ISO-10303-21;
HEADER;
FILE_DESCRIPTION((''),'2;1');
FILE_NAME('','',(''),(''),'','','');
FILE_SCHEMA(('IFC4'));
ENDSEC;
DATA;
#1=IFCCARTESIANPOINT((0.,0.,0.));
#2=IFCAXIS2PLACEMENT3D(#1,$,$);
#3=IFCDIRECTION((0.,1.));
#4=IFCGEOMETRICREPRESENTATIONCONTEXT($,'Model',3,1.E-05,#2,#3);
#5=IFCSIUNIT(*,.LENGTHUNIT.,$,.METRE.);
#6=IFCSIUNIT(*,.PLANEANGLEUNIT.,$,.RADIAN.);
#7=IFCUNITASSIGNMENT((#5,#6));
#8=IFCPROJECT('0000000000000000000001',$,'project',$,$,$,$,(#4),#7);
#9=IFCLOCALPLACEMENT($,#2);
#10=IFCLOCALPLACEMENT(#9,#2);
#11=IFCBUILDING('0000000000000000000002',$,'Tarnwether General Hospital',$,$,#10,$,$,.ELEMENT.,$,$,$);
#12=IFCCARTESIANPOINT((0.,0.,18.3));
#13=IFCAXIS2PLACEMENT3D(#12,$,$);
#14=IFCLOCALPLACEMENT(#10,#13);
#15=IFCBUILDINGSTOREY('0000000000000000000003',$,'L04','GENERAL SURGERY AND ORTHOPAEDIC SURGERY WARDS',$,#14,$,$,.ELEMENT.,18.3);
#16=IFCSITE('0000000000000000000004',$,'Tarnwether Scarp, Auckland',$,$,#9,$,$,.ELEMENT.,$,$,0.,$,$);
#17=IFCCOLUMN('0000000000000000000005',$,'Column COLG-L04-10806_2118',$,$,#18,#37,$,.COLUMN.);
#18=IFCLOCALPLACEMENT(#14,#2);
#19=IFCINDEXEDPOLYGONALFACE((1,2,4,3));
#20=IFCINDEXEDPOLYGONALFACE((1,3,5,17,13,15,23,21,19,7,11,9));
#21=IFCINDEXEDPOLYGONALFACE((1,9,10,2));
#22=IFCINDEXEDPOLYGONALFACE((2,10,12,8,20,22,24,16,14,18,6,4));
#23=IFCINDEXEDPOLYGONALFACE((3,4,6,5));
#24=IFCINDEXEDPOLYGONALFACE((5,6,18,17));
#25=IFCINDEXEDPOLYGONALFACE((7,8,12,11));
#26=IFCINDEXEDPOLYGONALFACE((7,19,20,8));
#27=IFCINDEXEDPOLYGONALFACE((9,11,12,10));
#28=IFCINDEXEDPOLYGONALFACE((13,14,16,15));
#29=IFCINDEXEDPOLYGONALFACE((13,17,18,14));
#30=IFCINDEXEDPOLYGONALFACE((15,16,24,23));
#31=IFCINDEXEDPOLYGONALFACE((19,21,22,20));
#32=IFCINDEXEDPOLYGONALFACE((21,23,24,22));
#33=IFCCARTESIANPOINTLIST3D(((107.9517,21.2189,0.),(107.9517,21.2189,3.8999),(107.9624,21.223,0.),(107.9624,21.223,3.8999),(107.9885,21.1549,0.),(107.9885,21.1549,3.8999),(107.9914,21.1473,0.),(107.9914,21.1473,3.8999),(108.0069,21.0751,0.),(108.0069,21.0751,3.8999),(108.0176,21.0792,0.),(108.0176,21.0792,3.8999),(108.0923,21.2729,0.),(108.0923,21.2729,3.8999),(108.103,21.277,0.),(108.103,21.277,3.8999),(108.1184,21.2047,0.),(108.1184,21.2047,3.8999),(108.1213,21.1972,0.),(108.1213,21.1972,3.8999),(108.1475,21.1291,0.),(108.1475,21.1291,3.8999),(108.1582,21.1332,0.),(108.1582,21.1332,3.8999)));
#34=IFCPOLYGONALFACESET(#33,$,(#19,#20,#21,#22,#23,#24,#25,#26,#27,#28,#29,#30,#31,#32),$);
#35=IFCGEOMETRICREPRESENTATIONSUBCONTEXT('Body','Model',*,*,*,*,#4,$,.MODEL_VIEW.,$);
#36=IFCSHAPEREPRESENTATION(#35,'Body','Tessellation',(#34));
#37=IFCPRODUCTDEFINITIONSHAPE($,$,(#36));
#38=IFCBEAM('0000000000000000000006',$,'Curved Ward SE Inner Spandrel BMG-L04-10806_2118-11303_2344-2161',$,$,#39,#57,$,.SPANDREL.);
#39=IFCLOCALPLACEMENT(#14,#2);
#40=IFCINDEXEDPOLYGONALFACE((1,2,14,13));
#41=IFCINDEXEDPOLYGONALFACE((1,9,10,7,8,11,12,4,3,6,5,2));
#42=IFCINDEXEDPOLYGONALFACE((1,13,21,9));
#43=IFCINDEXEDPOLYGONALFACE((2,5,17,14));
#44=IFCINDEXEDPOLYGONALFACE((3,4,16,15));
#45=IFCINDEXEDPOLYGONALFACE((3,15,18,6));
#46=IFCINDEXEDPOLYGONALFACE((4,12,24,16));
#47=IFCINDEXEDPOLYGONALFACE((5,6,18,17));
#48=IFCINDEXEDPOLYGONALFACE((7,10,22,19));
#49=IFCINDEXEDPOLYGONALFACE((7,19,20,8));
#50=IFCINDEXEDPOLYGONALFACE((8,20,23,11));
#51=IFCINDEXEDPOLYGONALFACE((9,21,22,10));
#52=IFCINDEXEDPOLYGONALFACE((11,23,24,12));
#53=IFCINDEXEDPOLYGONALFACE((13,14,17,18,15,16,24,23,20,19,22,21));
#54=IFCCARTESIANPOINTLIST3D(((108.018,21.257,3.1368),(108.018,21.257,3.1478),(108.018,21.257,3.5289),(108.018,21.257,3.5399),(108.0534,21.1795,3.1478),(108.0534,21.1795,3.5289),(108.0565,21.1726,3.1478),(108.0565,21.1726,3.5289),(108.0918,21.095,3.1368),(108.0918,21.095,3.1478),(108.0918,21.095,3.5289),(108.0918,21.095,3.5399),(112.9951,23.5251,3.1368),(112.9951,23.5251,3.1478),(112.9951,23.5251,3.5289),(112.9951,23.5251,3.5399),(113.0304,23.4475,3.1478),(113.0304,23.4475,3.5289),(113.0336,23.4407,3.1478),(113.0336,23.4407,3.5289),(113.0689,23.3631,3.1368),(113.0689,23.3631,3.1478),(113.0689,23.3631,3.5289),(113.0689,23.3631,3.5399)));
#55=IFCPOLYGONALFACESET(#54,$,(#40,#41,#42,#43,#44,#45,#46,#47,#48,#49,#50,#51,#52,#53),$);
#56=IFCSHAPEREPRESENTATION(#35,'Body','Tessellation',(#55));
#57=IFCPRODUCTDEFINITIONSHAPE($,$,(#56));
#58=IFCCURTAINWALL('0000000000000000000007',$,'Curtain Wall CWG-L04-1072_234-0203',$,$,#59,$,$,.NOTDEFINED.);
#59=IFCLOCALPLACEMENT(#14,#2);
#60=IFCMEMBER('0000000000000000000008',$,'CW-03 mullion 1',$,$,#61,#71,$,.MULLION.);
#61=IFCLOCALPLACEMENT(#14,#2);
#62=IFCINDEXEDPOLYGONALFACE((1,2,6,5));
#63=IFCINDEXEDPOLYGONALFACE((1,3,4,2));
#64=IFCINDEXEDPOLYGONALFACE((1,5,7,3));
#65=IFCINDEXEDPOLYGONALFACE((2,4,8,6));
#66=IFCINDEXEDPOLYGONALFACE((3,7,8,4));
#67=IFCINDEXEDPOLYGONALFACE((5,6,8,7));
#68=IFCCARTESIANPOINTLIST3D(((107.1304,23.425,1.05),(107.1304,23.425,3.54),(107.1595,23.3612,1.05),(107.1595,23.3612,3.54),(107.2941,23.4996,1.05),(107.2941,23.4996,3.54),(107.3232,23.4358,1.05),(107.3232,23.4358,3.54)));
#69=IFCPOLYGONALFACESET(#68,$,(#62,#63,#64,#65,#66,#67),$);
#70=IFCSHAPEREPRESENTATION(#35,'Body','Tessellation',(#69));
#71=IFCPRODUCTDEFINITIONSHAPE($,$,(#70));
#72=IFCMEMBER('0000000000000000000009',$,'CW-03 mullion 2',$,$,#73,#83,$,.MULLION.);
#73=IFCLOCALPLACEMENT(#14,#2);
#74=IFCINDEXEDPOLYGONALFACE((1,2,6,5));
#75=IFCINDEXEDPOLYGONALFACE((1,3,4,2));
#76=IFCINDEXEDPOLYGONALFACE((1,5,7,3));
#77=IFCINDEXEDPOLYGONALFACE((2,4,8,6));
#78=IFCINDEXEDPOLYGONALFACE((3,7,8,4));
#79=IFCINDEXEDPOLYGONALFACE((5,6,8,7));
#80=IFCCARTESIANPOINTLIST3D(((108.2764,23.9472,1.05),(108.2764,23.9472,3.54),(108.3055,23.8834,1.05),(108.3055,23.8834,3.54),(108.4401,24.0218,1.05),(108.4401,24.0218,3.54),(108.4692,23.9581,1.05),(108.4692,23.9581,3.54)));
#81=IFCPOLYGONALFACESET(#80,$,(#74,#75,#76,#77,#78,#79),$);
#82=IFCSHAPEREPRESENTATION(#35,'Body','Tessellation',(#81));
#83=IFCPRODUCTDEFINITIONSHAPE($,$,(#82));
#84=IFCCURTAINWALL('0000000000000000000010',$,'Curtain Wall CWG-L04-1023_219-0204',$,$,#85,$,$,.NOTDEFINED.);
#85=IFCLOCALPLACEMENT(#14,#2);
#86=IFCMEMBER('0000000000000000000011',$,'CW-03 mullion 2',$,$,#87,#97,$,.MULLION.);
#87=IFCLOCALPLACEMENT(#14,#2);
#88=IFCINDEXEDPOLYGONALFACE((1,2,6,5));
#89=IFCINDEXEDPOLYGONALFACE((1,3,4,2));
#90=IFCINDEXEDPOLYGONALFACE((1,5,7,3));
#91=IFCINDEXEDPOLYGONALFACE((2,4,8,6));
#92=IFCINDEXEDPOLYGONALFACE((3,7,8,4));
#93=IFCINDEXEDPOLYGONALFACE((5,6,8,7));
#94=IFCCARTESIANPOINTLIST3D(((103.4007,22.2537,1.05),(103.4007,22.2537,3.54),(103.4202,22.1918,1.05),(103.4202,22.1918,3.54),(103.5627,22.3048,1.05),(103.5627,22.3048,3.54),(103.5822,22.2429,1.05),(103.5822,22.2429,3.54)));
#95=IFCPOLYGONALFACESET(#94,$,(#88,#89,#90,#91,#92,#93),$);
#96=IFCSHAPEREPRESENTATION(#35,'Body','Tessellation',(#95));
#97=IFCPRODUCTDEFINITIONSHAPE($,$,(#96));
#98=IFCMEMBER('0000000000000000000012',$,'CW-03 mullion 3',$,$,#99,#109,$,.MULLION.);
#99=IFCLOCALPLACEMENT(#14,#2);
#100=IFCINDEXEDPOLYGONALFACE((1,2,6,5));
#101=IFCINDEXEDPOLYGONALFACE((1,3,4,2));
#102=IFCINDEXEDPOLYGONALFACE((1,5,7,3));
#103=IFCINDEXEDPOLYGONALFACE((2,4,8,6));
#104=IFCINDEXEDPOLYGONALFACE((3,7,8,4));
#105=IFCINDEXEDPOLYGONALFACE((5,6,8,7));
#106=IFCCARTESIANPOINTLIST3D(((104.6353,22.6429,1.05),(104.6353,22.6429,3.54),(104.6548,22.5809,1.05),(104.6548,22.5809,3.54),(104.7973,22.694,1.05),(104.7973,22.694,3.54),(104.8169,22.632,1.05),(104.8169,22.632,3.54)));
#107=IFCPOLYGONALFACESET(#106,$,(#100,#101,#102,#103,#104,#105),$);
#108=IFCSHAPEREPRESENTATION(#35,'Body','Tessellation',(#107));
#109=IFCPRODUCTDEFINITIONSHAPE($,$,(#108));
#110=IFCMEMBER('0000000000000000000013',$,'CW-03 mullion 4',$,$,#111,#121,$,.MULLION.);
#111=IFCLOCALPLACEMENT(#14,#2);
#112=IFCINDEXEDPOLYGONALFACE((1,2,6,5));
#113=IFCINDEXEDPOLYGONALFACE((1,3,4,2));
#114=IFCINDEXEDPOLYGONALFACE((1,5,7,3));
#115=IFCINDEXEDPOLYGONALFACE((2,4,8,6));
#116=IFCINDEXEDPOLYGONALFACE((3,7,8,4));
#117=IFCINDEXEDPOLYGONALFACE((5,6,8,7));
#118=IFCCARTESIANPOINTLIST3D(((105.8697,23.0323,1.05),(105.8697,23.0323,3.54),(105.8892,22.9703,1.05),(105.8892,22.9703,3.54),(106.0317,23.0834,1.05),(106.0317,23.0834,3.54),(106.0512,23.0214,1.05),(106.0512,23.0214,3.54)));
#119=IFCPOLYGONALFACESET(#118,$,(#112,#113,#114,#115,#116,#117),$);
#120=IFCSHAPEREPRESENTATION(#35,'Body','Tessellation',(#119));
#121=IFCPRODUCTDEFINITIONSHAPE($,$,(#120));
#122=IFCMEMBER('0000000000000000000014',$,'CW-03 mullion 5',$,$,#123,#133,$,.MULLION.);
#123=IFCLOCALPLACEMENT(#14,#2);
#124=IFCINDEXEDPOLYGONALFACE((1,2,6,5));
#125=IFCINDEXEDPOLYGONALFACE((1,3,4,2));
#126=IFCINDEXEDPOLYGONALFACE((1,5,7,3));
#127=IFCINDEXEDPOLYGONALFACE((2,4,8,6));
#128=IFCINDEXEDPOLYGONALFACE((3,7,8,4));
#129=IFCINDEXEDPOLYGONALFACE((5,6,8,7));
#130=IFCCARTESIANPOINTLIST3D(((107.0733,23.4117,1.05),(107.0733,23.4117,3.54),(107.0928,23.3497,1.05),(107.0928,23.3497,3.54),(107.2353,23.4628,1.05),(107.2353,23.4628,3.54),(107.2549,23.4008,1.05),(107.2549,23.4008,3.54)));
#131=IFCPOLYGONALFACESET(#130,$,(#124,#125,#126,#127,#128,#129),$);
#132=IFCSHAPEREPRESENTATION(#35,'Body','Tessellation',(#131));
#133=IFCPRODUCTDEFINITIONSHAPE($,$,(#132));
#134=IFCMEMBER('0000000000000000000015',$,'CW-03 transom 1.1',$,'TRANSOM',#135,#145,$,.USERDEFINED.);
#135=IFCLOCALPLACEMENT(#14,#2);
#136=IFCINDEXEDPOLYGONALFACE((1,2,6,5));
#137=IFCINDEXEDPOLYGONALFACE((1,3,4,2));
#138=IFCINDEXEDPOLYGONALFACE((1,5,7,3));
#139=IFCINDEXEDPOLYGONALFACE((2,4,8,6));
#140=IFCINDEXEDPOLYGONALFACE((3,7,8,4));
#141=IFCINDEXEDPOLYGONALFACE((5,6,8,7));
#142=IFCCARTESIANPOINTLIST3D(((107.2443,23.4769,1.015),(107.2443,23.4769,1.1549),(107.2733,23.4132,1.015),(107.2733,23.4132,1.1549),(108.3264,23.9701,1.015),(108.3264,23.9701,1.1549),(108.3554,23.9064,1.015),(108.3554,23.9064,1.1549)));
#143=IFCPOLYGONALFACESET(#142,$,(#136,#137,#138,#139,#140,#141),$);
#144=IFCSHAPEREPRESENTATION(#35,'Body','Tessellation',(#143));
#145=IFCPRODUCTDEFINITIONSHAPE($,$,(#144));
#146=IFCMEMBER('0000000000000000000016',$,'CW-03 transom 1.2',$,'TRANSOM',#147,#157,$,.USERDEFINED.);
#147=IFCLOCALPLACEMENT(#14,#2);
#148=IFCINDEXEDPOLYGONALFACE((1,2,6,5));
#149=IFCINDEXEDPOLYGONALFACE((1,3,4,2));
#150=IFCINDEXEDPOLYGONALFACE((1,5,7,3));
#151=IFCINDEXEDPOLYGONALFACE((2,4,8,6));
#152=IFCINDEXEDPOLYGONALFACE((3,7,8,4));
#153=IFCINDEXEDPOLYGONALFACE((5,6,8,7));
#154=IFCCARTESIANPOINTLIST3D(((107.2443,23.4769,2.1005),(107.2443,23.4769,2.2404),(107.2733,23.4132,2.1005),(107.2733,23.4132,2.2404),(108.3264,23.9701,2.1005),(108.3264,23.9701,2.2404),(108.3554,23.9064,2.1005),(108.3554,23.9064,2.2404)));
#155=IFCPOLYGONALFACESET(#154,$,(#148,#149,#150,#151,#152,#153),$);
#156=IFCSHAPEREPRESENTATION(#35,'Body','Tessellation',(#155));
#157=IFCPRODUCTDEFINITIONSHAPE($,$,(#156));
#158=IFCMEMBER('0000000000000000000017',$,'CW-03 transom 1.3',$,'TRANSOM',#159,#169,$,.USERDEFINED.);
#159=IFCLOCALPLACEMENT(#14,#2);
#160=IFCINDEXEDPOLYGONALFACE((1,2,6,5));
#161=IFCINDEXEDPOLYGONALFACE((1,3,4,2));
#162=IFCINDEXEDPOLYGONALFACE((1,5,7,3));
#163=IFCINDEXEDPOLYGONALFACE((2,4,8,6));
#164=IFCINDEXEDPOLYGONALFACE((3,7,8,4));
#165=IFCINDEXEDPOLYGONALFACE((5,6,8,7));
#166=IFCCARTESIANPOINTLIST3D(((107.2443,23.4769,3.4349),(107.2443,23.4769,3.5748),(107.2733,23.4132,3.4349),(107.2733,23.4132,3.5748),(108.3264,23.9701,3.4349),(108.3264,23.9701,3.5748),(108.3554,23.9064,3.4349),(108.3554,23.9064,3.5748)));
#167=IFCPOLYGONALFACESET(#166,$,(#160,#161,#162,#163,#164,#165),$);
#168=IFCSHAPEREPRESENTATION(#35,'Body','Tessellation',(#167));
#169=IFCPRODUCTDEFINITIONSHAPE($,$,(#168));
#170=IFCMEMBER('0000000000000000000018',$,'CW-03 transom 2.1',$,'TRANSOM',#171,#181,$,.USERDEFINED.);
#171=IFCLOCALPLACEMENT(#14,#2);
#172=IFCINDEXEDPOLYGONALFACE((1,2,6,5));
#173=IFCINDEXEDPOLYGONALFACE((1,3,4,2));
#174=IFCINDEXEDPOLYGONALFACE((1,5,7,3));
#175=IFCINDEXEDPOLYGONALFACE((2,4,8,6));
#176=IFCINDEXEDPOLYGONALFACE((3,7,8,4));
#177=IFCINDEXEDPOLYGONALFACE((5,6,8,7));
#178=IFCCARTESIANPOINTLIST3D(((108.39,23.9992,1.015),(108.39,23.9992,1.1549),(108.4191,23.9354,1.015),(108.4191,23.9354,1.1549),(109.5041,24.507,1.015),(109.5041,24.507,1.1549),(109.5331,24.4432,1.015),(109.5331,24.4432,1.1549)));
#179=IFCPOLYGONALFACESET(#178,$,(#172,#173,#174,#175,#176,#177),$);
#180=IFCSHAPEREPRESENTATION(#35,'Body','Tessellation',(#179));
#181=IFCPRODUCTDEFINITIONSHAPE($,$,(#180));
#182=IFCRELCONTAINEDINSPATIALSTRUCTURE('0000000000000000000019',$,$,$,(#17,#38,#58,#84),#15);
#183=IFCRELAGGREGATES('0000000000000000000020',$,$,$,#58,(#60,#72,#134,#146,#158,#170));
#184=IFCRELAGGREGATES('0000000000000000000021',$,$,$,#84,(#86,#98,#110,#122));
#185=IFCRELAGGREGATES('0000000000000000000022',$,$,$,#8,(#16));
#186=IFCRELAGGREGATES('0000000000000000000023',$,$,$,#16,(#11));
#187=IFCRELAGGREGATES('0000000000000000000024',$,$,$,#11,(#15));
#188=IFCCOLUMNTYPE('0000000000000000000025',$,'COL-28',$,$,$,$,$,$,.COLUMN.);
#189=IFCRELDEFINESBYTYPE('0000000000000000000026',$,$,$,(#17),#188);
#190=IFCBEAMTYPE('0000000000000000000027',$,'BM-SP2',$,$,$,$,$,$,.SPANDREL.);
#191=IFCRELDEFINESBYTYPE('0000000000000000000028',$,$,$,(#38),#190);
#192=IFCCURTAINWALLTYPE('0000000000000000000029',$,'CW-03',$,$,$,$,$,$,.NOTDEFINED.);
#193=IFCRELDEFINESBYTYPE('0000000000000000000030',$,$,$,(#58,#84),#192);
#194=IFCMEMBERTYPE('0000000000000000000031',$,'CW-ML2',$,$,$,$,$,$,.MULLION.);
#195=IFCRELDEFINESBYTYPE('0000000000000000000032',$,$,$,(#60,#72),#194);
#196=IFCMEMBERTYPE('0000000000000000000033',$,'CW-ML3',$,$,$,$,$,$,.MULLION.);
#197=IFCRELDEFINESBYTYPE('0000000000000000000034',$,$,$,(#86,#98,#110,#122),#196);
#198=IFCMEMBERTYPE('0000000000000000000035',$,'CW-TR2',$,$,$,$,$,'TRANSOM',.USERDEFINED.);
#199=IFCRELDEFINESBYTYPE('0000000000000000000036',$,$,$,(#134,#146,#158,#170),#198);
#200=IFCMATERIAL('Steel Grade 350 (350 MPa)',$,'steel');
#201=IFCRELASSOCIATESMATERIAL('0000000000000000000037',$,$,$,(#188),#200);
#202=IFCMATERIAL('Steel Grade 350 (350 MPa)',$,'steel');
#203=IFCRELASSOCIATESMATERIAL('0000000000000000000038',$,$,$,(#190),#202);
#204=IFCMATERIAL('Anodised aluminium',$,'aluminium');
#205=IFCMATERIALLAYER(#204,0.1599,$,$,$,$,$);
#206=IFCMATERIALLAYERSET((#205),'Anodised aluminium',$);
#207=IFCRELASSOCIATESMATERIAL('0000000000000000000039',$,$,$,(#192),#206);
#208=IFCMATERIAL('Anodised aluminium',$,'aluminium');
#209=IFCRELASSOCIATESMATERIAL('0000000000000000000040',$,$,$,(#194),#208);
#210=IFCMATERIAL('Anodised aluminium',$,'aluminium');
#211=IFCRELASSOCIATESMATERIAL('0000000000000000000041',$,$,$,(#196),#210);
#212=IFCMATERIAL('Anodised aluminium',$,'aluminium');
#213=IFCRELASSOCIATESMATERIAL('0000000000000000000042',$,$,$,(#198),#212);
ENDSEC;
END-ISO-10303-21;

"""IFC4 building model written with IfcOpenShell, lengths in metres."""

from ifc_helpers import new_model, si_unit, direction, frame, origin, origin_2d, place, context, subcontext, project, spatial, rectangle, i_section, extrude, material, layer, layer_set, material_profile, profile_set, type_object, element, aggregate, save


model = new_model("IFC4")

# Units and contexts
model_context = context("Model", 3, precision=1e-05, world=origin(), true_north=direction((0.0, 1.0)))
body_context = subcontext(model_context, "Body", "Model", "MODEL_VIEW")
ifc_project = project(units=[si_unit("LENGTHUNIT", "METRE"), si_unit("PLANEANGLEUNIT", "RADIAN")], contexts=[model_context])

# Site, building, storey
site_placement = place(None, origin())
site = spatial("IfcSite", under=ifc_project, at=site_placement, Name="Tarnwether Scarp, Auckland", CompositionType="ELEMENT", RefElevation=0.0)
building_placement = place(site_placement, origin())
building = spatial("IfcBuilding", under=site, at=building_placement, Name="Tarnwether General Hospital", CompositionType="ELEMENT")
storey_placement = place(building_placement, frame((0.0, 0.0, 18.3)))
storey = spatial("IfcBuildingStorey", under=building, at=storey_placement, Name="L04", Description="GENERAL SURGERY AND ORTHOPAEDIC SURGERY WARDS", CompositionType="ELEMENT", Elevation=18.3)

# Column
ifc_material_1 = material(Name="Steel Grade 350 (350 MPa)", Category="steel")
ifc_material_profile_1 = material_profile(ifc_material_1, i_section(OverallWidth=0.1541, OverallDepth=0.1621, WebThickness=0.0081, FlangeThickness=0.0115, at=origin_2d()), Name="150UC37.2")
ifc_profile_set_1 = profile_set([ifc_material_profile_1], Name="Steel Grade 350 (350 MPa)")
column_type = type_object("IfcColumnType", Name="COL-28", PredefinedType="COLUMN", material=ifc_profile_set_1)
column_placement = place(storey_placement, frame((108.0549, 21.176, 0.0), z_axis=(0.0, 0.0, 1.0), x_axis=(-0.358368, 0.93358, 0.0)))
element("IfcColumn", 1, at=column_placement, inside=storey, type_object=column_type, Name="Column COLG-L04-10806_2118", PredefinedType="COLUMN", context=body_context, shape_type="SweptSolid", body=[
    extrude(i_section(OverallWidth=0.1541, OverallDepth=0.1621, WebThickness=0.0081, FlangeThickness=0.0115, at=origin_2d()), origin(), (0.0, 0.0, 1.0), 3.8999),
])

# Beam
ifc_material_2 = material(Name="Steel Grade 350 (350 MPa)", Category="steel")
ifc_material_profile_2 = material_profile(ifc_material_2, i_section(OverallWidth=0.178, OverallDepth=0.4031, WebThickness=0.0076, FlangeThickness=0.011, at=origin_2d()), Name="410UB53.7")
ifc_profile_set_2 = profile_set([ifc_material_profile_2], Name="Steel Grade 350 (350 MPa)")
beam_type = type_object("IfcBeamType", Name="BM-SP2", PredefinedType="SPANDREL", material=ifc_profile_set_2)
beam_placement = place(storey_placement, frame((108.0549, 21.176, 3.3384), z_axis=(0.909969, 0.414677, 0.0), x_axis=(-0.414677, 0.909969, 0.0)))
element("IfcBeam", 2, at=beam_placement, inside=storey, type_object=beam_type, Name="Curved Ward SE Inner Spandrel BMG-L04-10806_2118-11303_2344-2161", PredefinedType="SPANDREL", context=body_context, shape_type="SweptSolid", body=[
    extrude(i_section(OverallWidth=0.178, OverallDepth=0.4031, WebThickness=0.0076, FlangeThickness=0.011, at=origin_2d()), origin(), (0.0, 0.0, 1.0), 5.4695),
])

# Curtain walls, members
ifc_material_3 = material(Name="Anodised aluminium", Category="aluminium")
ifc_layer_1 = layer(ifc_material_3, 0.1599)
ifc_layer_set_1 = layer_set([ifc_layer_1], Name="Anodised aluminium")
curtain_wall_type = type_object("IfcCurtainWallType", Name="CW-03", PredefinedType="NOTDEFINED", material=ifc_layer_set_1)
curtain_wall_1_placement = place(storey_placement, origin())
curtain_wall_1 = element("IfcCurtainWall", 3, at=curtain_wall_1_placement, inside=storey, type_object=curtain_wall_type, Name="Curtain Wall CWG-L04-1072_234-0203", PredefinedType="NOTDEFINED")
ifc_material_4 = material(Name="Anodised aluminium", Category="aluminium")
ifc_material_profile_3 = material_profile(ifc_material_4, rectangle(XDim=0.0701, YDim=0.1799, at=origin_2d()), Name="ALU-MUL-70x180")
ifc_profile_set_3 = profile_set([ifc_material_profile_3], Name="Anodised aluminium")
member_type_1 = type_object("IfcMemberType", Name="CW-ML2", PredefinedType="MULLION", material=ifc_profile_set_3)
member_1_placement = place(storey_placement, frame((107.2268, 23.4304, 1.05), z_axis=(0.0, 0.0, 1.0), x_axis=(-0.414705, 0.909956, 0.0)))
member_1 = element("IfcMember", 4, at=member_1_placement, type_object=member_type_1, Name="CW-03 mullion 1", PredefinedType="MULLION", context=body_context, shape_type="SweptSolid", body=[
    extrude(rectangle(XDim=0.0701, YDim=0.1799, at=origin_2d()), origin(), (0.0, 0.0, 1.0), 2.49),
])
member_2_placement = place(storey_placement, frame((108.3728, 23.9526, 1.05), z_axis=(0.0, 0.0, 1.0), x_axis=(-0.414705, 0.909956, 0.0)))
member_2 = element("IfcMember", 5, at=member_2_placement, type_object=member_type_1, Name="CW-03 mullion 2", PredefinedType="MULLION", context=body_context, shape_type="SweptSolid", body=[
    extrude(rectangle(XDim=0.0701, YDim=0.1799, at=origin_2d()), origin(), (0.0, 0.0, 1.0), 2.49),
])
curtain_wall_2_placement = place(storey_placement, origin())
curtain_wall_2 = element("IfcCurtainWall", 6, at=curtain_wall_2_placement, inside=storey, type_object=curtain_wall_type, Name="Curtain Wall CWG-L04-1023_219-0204", PredefinedType="NOTDEFINED")
ifc_material_5 = material(Name="Anodised aluminium", Category="aluminium")
ifc_material_profile_4 = material_profile(ifc_material_5, rectangle(XDim=0.0649, YDim=0.1699, at=origin_2d()), Name="ALU-MUL-65x170")
ifc_profile_set_4 = profile_set([ifc_material_profile_4], Name="Anodised aluminium")
member_type_2 = type_object("IfcMemberType", Name="CW-ML3", PredefinedType="MULLION", material=ifc_profile_set_4)
member_3_placement = place(storey_placement, frame((103.4915, 22.2483, 1.05), z_axis=(0.0, 0.0, 1.0), x_axis=(-0.300715, 0.953714, 0.0)))
member_3 = element("IfcMember", 7, at=member_3_placement, type_object=member_type_2, Name="CW-03 mullion 2", PredefinedType="MULLION", context=body_context, shape_type="SweptSolid", body=[
    extrude(rectangle(XDim=0.0649, YDim=0.1699, at=origin_2d()), origin(), (0.0, 0.0, 1.0), 2.49),
])
member_4_placement = place(storey_placement, frame((104.7261, 22.6375, 1.05), z_axis=(0.0, 0.0, 1.0), x_axis=(-0.300715, 0.953714, 0.0)))
member_4 = element("IfcMember", 8, at=member_4_placement, type_object=member_type_2, Name="CW-03 mullion 3", PredefinedType="MULLION", context=body_context, shape_type="SweptSolid", body=[
    extrude(rectangle(XDim=0.0649, YDim=0.1699, at=origin_2d()), origin(), (0.0, 0.0, 1.0), 2.49),
])
member_5_placement = place(storey_placement, frame((105.9604, 23.0269, 1.05), z_axis=(0.0, 0.0, 1.0), x_axis=(-0.300715, 0.953714, 0.0)))
member_5 = element("IfcMember", 9, at=member_5_placement, type_object=member_type_2, Name="CW-03 mullion 4", PredefinedType="MULLION", context=body_context, shape_type="SweptSolid", body=[
    extrude(rectangle(XDim=0.0649, YDim=0.1699, at=origin_2d()), origin(), (0.0, 0.0, 1.0), 2.49),
])
member_6_placement = place(storey_placement, frame((107.1641, 23.4062, 1.05), z_axis=(0.0, 0.0, 1.0), x_axis=(-0.300715, 0.953714, 0.0)))
member_6 = element("IfcMember", 10, at=member_6_placement, type_object=member_type_2, Name="CW-03 mullion 5", PredefinedType="MULLION", context=body_context, shape_type="SweptSolid", body=[
    extrude(rectangle(XDim=0.0649, YDim=0.1699, at=origin_2d()), origin(), (0.0, 0.0, 1.0), 2.49),
])

# Members
ifc_material_6 = material(Name="Anodised aluminium", Category="aluminium")
ifc_material_profile_5 = material_profile(ifc_material_6, rectangle(XDim=0.0701, YDim=0.1399, at=origin_2d()), Name="ALU-TRN-70x140")
ifc_profile_set_5 = profile_set([ifc_material_profile_5], Name="Anodised aluminium")
member_type_3 = type_object("IfcMemberType", Name="CW-TR2", ElementType="TRANSOM", PredefinedType="USERDEFINED", material=ifc_profile_set_5)
member_7_placement = place(storey_placement, frame((107.2588, 23.4451, 1.085), z_axis=(0.909944, 0.414731, 0.0), x_axis=(-0.414731, 0.909944, 0.0)))
member_7 = element("IfcMember", 11, at=member_7_placement, type_object=member_type_3, Name="CW-03 transom 1.1", ObjectType="TRANSOM", PredefinedType="USERDEFINED", context=body_context, shape_type="SweptSolid", body=[
    extrude(rectangle(XDim=0.0701, YDim=0.1399, at=origin_2d()), origin(), (0.0, 0.0, 1.0), 1.1892),
])
member_8_placement = place(storey_placement, frame((107.2588, 23.4451, 2.1704), z_axis=(0.909944, 0.414731, 0.0), x_axis=(-0.414731, 0.909944, 0.0)))
member_8 = element("IfcMember", 12, at=member_8_placement, type_object=member_type_3, Name="CW-03 transom 1.2", ObjectType="TRANSOM", PredefinedType="USERDEFINED", context=body_context, shape_type="SweptSolid", body=[
    extrude(rectangle(XDim=0.0701, YDim=0.1399, at=origin_2d()), origin(), (0.0, 0.0, 1.0), 1.1892),
])
member_9_placement = place(storey_placement, frame((107.2588, 23.4451, 3.5049), z_axis=(0.909944, 0.414731, 0.0), x_axis=(-0.414731, 0.909944, 0.0)))
member_9 = element("IfcMember", 13, at=member_9_placement, type_object=member_type_3, Name="CW-03 transom 1.3", ObjectType="TRANSOM", PredefinedType="USERDEFINED", context=body_context, shape_type="SweptSolid", body=[
    extrude(rectangle(XDim=0.0701, YDim=0.1399, at=origin_2d()), origin(), (0.0, 0.0, 1.0), 1.1892),
])
member_10_placement = place(storey_placement, frame((108.4045, 23.9673, 1.085), z_axis=(0.909922, 0.414779, 0.0), x_axis=(-0.414779, 0.909922, 0.0)))
member_10 = element("IfcMember", 14, at=member_10_placement, type_object=member_type_3, Name="CW-03 transom 2.1", ObjectType="TRANSOM", PredefinedType="USERDEFINED", context=body_context, shape_type="SweptSolid", body=[
    extrude(rectangle(XDim=0.0701, YDim=0.1399, at=origin_2d()), origin(), (0.0, 0.0, 1.0), 1.2244),
])

aggregate(curtain_wall_1, [member_1, member_2, member_7, member_8, member_9, member_10])
aggregate(curtain_wall_2, [member_3, member_4, member_5, member_6])

save(model, "model.ifc")
